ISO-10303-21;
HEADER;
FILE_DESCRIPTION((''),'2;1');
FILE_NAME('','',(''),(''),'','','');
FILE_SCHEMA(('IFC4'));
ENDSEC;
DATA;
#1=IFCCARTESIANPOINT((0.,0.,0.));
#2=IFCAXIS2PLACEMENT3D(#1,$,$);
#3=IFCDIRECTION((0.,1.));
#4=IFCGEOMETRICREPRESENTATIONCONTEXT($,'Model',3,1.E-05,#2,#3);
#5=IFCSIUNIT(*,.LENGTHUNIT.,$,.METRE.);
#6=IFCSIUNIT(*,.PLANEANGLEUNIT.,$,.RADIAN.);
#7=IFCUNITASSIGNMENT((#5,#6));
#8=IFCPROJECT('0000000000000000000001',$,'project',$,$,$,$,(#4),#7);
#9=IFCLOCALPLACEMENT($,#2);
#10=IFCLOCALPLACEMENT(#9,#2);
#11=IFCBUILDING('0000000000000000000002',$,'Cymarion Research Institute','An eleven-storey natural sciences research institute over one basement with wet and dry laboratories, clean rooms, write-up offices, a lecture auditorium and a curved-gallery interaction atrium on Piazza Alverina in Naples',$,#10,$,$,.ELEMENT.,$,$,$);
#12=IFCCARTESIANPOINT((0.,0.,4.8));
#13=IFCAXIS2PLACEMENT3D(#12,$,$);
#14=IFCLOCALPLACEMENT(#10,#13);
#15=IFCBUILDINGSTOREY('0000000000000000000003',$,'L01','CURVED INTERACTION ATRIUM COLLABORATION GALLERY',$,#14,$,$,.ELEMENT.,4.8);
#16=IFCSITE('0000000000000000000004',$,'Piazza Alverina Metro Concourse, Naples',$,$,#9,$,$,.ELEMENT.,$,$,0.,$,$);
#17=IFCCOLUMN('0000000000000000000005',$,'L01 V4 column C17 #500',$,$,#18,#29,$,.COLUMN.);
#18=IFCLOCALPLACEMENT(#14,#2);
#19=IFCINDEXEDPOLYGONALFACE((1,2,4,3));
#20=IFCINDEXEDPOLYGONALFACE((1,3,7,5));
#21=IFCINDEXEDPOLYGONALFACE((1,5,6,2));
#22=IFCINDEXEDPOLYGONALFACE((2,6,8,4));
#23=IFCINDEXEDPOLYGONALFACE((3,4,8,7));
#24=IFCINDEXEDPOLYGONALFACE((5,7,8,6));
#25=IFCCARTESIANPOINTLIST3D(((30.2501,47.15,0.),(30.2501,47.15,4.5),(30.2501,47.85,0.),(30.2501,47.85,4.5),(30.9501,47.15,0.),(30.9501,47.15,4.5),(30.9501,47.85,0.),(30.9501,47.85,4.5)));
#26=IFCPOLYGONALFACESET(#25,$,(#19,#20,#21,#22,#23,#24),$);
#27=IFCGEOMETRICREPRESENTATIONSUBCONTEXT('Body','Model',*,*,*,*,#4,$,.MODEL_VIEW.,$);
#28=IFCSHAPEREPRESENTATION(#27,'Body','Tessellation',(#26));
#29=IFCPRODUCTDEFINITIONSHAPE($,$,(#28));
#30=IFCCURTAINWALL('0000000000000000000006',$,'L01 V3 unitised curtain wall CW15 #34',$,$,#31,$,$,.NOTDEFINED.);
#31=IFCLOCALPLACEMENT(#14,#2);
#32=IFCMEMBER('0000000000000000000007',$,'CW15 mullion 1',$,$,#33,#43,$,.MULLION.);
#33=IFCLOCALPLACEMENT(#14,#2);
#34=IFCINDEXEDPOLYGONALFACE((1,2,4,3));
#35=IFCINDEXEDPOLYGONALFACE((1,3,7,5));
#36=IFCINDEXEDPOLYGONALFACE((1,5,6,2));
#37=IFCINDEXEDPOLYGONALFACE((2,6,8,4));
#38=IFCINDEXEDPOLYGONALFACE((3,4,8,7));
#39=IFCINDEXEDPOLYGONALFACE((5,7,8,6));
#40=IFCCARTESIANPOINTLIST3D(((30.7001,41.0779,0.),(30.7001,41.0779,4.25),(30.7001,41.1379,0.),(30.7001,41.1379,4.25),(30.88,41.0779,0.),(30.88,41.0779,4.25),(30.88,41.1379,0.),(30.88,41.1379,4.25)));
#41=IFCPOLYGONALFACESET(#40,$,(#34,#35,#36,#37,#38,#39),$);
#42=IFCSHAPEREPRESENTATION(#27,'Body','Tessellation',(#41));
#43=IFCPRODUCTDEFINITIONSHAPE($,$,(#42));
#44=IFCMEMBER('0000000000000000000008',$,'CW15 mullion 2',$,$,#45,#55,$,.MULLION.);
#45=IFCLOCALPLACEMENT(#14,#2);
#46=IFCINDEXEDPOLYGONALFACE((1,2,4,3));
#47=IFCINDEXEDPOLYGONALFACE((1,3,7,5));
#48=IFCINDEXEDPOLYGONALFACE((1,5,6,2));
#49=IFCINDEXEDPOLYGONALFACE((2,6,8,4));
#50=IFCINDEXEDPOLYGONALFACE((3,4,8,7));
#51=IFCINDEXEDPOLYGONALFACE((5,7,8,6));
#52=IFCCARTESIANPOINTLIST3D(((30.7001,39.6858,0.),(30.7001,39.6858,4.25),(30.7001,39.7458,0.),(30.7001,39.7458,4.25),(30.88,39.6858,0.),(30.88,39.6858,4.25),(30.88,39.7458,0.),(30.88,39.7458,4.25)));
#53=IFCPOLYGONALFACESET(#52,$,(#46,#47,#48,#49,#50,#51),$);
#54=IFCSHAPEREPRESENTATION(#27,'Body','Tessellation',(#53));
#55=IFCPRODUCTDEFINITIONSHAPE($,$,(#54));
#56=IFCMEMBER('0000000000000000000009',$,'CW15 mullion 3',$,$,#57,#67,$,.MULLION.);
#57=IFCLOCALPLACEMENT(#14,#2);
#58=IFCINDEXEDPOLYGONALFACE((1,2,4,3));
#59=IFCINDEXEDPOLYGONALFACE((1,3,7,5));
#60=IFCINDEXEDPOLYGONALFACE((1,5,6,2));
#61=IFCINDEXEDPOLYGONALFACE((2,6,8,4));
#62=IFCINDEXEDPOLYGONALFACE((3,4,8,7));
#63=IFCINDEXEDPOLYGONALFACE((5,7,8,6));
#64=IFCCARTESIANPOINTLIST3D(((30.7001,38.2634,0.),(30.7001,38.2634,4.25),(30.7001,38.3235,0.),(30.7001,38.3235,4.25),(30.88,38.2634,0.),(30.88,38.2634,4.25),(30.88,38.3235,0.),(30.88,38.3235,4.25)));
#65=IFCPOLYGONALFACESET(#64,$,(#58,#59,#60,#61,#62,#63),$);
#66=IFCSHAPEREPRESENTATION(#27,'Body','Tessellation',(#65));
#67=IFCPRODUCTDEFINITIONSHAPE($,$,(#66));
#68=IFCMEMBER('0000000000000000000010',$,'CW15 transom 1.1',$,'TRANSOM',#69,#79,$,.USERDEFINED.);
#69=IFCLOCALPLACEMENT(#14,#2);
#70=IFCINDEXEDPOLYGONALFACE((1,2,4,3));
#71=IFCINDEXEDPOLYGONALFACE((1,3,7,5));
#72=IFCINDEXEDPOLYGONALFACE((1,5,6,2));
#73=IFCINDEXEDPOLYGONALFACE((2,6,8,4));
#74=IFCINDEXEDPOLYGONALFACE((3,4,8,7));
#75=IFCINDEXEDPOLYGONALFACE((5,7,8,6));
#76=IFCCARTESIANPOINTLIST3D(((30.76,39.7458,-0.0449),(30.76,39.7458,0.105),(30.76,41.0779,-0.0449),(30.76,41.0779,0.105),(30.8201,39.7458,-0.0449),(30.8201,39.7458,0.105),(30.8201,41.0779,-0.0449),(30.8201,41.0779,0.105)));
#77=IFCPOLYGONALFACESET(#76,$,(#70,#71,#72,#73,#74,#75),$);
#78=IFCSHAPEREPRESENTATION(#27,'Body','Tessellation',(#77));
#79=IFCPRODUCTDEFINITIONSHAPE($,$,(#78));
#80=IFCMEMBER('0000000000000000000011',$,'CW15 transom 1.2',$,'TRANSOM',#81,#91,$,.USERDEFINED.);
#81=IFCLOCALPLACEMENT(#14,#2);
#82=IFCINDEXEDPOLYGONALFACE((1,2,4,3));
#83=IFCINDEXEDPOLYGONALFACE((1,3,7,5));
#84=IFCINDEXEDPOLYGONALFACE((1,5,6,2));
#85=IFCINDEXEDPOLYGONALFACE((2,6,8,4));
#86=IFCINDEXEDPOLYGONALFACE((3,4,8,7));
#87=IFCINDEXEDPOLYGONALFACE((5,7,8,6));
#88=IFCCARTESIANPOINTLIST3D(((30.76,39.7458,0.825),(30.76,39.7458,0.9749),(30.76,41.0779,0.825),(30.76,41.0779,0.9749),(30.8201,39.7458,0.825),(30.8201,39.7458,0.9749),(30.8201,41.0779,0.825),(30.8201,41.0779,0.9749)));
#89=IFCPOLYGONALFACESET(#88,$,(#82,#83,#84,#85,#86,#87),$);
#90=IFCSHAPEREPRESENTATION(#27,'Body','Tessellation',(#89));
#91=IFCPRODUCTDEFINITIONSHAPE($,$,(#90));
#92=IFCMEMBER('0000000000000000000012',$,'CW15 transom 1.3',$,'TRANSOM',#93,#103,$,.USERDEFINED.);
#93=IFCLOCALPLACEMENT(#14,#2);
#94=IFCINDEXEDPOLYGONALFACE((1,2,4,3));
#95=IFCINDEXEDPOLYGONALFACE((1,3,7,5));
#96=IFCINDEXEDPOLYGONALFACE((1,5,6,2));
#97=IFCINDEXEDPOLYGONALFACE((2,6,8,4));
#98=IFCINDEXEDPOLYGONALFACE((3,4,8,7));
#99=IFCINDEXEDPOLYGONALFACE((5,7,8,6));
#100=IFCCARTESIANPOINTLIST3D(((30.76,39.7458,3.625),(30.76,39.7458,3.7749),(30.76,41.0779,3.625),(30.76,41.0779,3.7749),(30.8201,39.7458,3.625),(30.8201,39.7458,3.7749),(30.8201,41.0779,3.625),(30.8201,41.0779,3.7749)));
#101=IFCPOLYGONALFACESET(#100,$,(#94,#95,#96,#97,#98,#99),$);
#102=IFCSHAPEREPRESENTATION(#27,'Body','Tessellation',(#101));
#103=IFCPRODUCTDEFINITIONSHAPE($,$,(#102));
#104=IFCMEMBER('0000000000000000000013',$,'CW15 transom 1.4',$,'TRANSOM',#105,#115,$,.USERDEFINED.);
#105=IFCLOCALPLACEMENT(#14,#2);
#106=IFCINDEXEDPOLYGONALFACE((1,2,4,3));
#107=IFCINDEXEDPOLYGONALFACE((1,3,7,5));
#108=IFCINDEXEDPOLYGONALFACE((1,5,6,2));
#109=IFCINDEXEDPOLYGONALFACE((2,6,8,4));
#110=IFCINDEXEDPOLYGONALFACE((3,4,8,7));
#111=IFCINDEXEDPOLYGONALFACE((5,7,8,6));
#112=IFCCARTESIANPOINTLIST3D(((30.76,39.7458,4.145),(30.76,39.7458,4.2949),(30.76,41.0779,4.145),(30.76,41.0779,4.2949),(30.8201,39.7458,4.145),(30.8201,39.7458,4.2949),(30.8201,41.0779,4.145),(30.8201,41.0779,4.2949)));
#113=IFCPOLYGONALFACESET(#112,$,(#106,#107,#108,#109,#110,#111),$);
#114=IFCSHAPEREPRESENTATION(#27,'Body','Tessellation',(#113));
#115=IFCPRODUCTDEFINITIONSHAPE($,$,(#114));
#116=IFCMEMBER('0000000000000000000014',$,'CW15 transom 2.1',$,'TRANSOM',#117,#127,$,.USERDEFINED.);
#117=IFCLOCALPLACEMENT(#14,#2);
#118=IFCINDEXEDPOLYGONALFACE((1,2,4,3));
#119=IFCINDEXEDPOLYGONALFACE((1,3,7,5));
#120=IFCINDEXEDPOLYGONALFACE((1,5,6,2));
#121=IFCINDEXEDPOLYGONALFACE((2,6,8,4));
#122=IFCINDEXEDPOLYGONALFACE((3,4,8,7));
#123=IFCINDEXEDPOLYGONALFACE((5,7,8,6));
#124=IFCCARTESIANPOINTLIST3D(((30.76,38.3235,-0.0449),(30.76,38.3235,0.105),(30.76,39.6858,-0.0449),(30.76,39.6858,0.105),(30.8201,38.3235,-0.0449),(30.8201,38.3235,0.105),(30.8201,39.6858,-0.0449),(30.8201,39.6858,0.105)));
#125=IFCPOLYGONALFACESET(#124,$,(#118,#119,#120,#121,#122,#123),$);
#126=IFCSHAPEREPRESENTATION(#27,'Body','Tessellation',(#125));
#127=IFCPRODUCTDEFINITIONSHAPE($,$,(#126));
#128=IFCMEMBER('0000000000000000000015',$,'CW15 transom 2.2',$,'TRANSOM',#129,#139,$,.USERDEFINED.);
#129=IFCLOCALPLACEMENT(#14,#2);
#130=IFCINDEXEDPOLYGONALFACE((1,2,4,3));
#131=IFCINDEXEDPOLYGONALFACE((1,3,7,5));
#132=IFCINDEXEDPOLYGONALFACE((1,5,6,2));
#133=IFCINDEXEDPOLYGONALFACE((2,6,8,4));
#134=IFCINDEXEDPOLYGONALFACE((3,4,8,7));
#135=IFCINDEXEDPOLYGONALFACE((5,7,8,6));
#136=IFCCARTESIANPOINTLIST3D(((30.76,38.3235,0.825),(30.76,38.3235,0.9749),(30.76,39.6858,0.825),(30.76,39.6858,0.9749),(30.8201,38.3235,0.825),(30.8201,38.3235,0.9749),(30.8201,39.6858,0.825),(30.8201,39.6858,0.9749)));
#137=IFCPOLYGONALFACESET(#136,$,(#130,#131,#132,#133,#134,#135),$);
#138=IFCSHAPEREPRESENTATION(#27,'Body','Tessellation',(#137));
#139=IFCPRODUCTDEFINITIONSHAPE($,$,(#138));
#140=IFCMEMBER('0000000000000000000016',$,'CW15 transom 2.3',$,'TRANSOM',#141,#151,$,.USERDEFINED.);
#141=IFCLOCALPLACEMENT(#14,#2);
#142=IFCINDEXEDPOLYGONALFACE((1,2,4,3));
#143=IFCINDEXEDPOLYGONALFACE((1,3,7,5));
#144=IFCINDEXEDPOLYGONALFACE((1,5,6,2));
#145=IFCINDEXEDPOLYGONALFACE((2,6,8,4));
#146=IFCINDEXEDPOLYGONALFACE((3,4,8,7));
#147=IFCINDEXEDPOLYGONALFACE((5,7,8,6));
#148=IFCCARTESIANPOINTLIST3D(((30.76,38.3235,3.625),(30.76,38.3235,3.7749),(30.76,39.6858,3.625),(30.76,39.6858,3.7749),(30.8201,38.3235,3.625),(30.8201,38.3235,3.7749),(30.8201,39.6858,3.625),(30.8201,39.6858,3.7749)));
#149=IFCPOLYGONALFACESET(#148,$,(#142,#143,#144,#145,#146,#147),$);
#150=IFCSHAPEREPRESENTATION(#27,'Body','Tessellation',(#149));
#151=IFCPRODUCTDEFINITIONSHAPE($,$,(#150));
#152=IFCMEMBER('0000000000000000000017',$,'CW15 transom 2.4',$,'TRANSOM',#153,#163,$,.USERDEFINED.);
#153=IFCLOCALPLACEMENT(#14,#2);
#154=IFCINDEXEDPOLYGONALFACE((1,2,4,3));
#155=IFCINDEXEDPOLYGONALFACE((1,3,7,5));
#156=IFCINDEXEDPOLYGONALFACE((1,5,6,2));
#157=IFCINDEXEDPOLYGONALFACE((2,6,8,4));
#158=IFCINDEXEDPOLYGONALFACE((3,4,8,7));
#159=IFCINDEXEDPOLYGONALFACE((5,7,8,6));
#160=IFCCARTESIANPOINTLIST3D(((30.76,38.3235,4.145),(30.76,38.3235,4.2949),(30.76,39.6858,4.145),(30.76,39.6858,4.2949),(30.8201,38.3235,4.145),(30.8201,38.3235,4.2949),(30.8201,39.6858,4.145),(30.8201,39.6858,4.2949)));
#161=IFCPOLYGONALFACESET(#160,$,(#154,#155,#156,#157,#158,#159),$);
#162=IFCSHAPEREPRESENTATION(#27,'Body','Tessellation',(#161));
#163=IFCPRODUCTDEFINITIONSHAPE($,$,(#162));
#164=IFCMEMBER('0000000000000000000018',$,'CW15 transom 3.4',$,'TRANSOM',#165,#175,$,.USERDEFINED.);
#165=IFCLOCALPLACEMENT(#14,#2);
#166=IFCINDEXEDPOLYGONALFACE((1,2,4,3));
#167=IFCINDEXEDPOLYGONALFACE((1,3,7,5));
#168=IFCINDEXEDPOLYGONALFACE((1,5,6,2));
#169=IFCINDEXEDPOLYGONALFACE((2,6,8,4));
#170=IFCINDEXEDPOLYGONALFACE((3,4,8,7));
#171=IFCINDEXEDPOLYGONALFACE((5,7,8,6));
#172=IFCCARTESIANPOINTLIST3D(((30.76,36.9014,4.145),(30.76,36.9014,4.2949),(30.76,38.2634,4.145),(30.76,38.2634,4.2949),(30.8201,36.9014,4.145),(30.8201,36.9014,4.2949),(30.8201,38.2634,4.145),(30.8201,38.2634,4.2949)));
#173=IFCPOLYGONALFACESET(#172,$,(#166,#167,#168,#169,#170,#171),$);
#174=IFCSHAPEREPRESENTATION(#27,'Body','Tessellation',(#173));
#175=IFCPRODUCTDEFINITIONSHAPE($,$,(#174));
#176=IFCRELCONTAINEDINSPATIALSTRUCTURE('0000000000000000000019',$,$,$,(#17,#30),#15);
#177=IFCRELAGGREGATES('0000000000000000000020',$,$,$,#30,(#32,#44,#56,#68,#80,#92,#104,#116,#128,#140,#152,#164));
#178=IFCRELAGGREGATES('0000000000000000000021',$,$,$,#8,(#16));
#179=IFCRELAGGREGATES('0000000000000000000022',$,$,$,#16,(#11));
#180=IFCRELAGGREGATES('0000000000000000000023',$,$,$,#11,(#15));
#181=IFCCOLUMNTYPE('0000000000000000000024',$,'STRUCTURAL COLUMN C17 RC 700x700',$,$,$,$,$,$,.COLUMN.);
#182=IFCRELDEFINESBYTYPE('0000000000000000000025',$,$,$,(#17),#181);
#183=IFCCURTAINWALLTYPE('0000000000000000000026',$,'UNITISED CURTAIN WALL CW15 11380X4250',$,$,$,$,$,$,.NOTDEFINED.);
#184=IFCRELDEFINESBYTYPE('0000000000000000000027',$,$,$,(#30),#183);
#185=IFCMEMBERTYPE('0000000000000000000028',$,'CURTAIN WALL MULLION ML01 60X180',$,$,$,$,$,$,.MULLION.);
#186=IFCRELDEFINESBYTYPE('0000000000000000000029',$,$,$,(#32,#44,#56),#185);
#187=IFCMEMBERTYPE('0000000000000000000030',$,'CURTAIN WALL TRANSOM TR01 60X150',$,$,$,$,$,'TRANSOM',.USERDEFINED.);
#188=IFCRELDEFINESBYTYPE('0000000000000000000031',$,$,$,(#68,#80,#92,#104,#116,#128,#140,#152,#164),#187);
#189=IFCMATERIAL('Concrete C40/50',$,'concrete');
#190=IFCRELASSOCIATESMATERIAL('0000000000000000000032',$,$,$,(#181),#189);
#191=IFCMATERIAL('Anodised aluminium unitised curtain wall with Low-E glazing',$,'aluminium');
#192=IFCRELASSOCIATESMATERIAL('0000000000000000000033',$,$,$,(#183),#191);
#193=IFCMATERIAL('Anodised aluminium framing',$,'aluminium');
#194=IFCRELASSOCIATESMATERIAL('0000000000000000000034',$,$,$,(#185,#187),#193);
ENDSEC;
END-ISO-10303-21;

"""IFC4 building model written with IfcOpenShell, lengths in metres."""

from ifc_helpers import new_model, si_unit, direction, frame, origin, origin_2d, place, context, subcontext, project, spatial, rectangle, extrude, material, material_profile, profile_set, type_object, element, aggregate, save


model = new_model("IFC4")

# Units and contexts
model_context = context("Model", 3, precision=1e-05, world=origin(), true_north=direction((0.0, 1.0)))
body_context = subcontext(model_context, "Body", "Model", "MODEL_VIEW")
ifc_project = project(units=[si_unit("LENGTHUNIT", "METRE"), si_unit("PLANEANGLEUNIT", "RADIAN")], contexts=[model_context])

# Site, building, storey
site_placement = place(None, origin())
site = spatial("IfcSite", under=ifc_project, at=site_placement, Name="Piazza Alverina Metro Concourse, Naples", CompositionType="ELEMENT", RefElevation=0.0)
building_placement = place(site_placement, origin())
building = spatial("IfcBuilding", under=site, at=building_placement, Name="Cymarion Research Institute", Description="An eleven-storey natural sciences research institute over one basement with wet and dry laboratories, clean rooms, write-up offices, a lecture auditorium and a curved-gallery interaction atrium on Piazza Alverina in Naples", CompositionType="ELEMENT")
storey_placement = place(building_placement, frame((0.0, 0.0, 4.8)))
storey = spatial("IfcBuildingStorey", under=building, at=storey_placement, Name="L01", Description="CURVED INTERACTION ATRIUM COLLABORATION GALLERY", CompositionType="ELEMENT", Elevation=4.8)

# Column
ifc_material_1 = material(Name="Concrete C40/50", Category="concrete")
ifc_material_profile_1 = material_profile(ifc_material_1, rectangle(XDim=0.7, YDim=0.7, at=origin_2d()), Name="RC 700x700")
ifc_profile_set_1 = profile_set([ifc_material_profile_1], Name="Concrete C40/50")
column_type = type_object("IfcColumnType", Name="STRUCTURAL COLUMN C17 RC 700x700", PredefinedType="COLUMN", material=ifc_profile_set_1)
column_placement = place(storey_placement, frame((30.6001, 47.5, 0.0), z_axis=(0.0, 0.0, 1.0), x_axis=(1.0, 0.0, 0.0)))
element("IfcColumn", 1, at=column_placement, inside=storey, type_object=column_type, Name="L01 V4 column C17 #500", PredefinedType="COLUMN", context=body_context, shape_type="SweptSolid", body=[
    extrude(rectangle(XDim=0.7, YDim=0.7, at=origin_2d()), origin(), (0.0, 0.0, 1.0), 4.5),
])

# Curtain wall, members
ifc_material_2 = material(Name="Anodised aluminium unitised curtain wall with Low-E glazing", Category="aluminium")
curtain_wall_type = type_object("IfcCurtainWallType", Name="UNITISED CURTAIN WALL CW15 11380X4250", PredefinedType="NOTDEFINED", material=ifc_material_2)
curtain_wall_placement = place(storey_placement, origin())
curtain_wall = element("IfcCurtainWall", 2, at=curtain_wall_placement, inside=storey, type_object=curtain_wall_type, Name="L01 V3 unitised curtain wall CW15 #34", PredefinedType="NOTDEFINED")
ifc_material_3 = material(Name="Anodised aluminium framing", Category="aluminium")
ifc_material_profile_2 = material_profile(ifc_material_3, rectangle(XDim=0.0601, YDim=0.1799, at=origin_2d()), Name="ALU MULLION 60x180")
ifc_profile_set_2 = profile_set([ifc_material_profile_2], Name="Anodised aluminium framing")
member_type_1 = type_object("IfcMemberType", Name="CURTAIN WALL MULLION ML01 60X180", PredefinedType="MULLION", material=ifc_profile_set_2)
member_1_placement = place(storey_placement, frame((30.79, 41.1079, 0.0), z_axis=(0.0, 0.0, 1.0), x_axis=(0.0, -1.0, 0.0)))
member_1 = element("IfcMember", 3, at=member_1_placement, type_object=member_type_1, Name="CW15 mullion 1", PredefinedType="MULLION", context=body_context, shape_type="SweptSolid", body=[
    extrude(rectangle(XDim=0.0601, YDim=0.1799, at=origin_2d()), origin(), (0.0, 0.0, 1.0), 4.25),
])
member_2_placement = place(storey_placement, frame((30.79, 39.7158, 0.0), z_axis=(0.0, 0.0, 1.0), x_axis=(0.0, -1.0, 0.0)))
member_2 = element("IfcMember", 4, at=member_2_placement, type_object=member_type_1, Name="CW15 mullion 2", PredefinedType="MULLION", context=body_context, shape_type="SweptSolid", body=[
    extrude(rectangle(XDim=0.0601, YDim=0.1799, at=origin_2d()), origin(), (0.0, 0.0, 1.0), 4.25),
])
member_3_placement = place(storey_placement, frame((30.79, 38.2935, 0.0), z_axis=(0.0, 0.0, 1.0), x_axis=(0.0, -1.0, 0.0)))
member_3 = element("IfcMember", 5, at=member_3_placement, type_object=member_type_1, Name="CW15 mullion 3", PredefinedType="MULLION", context=body_context, shape_type="SweptSolid", body=[
    extrude(rectangle(XDim=0.0601, YDim=0.1799, at=origin_2d()), origin(), (0.0, 0.0, 1.0), 4.25),
])
ifc_material_profile_3 = material_profile(ifc_material_3, rectangle(XDim=0.0601, YDim=0.1499, at=origin_2d()), Name="ALU TRANSOM 60x150")
ifc_profile_set_3 = profile_set([ifc_material_profile_3], Name="Anodised aluminium framing")
member_type_2 = type_object("IfcMemberType", Name="CURTAIN WALL TRANSOM TR01 60X150", ElementType="TRANSOM", PredefinedType="USERDEFINED", material=ifc_profile_set_3)
member_4_placement = place(storey_placement, frame((30.79, 41.0779, 0.03), z_axis=(0.0, -1.0, 0.0), x_axis=(1.0, 0.0, 0.0)))
member_4 = element("IfcMember", 6, at=member_4_placement, type_object=member_type_2, Name="CW15 transom 1.1", ObjectType="TRANSOM", PredefinedType="USERDEFINED", context=body_context, shape_type="SweptSolid", body=[
    extrude(rectangle(XDim=0.0601, YDim=0.1499, at=origin_2d()), origin(), (0.0, 0.0, 1.0), 1.332),
])
member_5_placement = place(storey_placement, frame((30.79, 41.0779, 0.8999), z_axis=(0.0, -1.0, 0.0), x_axis=(1.0, 0.0, 0.0)))
member_5 = element("IfcMember", 7, at=member_5_placement, type_object=member_type_2, Name="CW15 transom 1.2", ObjectType="TRANSOM", PredefinedType="USERDEFINED", context=body_context, shape_type="SweptSolid", body=[
    extrude(rectangle(XDim=0.0601, YDim=0.1499, at=origin_2d()), origin(), (0.0, 0.0, 1.0), 1.332),
])
member_6_placement = place(storey_placement, frame((30.79, 41.0779, 3.7), z_axis=(0.0, -1.0, 0.0), x_axis=(1.0, 0.0, 0.0)))
member_6 = element("IfcMember", 8, at=member_6_placement, type_object=member_type_2, Name="CW15 transom 1.3", ObjectType="TRANSOM", PredefinedType="USERDEFINED", context=body_context, shape_type="SweptSolid", body=[
    extrude(rectangle(XDim=0.0601, YDim=0.1499, at=origin_2d()), origin(), (0.0, 0.0, 1.0), 1.332),
])
member_7_placement = place(storey_placement, frame((30.79, 41.0779, 4.22), z_axis=(0.0, -1.0, 0.0), x_axis=(1.0, 0.0, 0.0)))
member_7 = element("IfcMember", 9, at=member_7_placement, type_object=member_type_2, Name="CW15 transom 1.4", ObjectType="TRANSOM", PredefinedType="USERDEFINED", context=body_context, shape_type="SweptSolid", body=[
    extrude(rectangle(XDim=0.0601, YDim=0.1499, at=origin_2d()), origin(), (0.0, 0.0, 1.0), 1.332),
])
member_8_placement = place(storey_placement, frame((30.79, 39.6858, 0.03), z_axis=(0.0, -1.0, 0.0), x_axis=(1.0, 0.0, 0.0)))
member_8 = element("IfcMember", 10, at=member_8_placement, type_object=member_type_2, Name="CW15 transom 2.1", ObjectType="TRANSOM", PredefinedType="USERDEFINED", context=body_context, shape_type="SweptSolid", body=[
    extrude(rectangle(XDim=0.0601, YDim=0.1499, at=origin_2d()), origin(), (0.0, 0.0, 1.0), 1.3623),
])
member_9_placement = place(storey_placement, frame((30.79, 39.6858, 0.8999), z_axis=(0.0, -1.0, 0.0), x_axis=(1.0, 0.0, 0.0)))
member_9 = element("IfcMember", 11, at=member_9_placement, type_object=member_type_2, Name="CW15 transom 2.2", ObjectType="TRANSOM", PredefinedType="USERDEFINED", context=body_context, shape_type="SweptSolid", body=[
    extrude(rectangle(XDim=0.0601, YDim=0.1499, at=origin_2d()), origin(), (0.0, 0.0, 1.0), 1.3623),
])
member_10_placement = place(storey_placement, frame((30.79, 39.6858, 3.7), z_axis=(0.0, -1.0, 0.0), x_axis=(1.0, 0.0, 0.0)))
member_10 = element("IfcMember", 12, at=member_10_placement, type_object=member_type_2, Name="CW15 transom 2.3", ObjectType="TRANSOM", PredefinedType="USERDEFINED", context=body_context, shape_type="SweptSolid", body=[
    extrude(rectangle(XDim=0.0601, YDim=0.1499, at=origin_2d()), origin(), (0.0, 0.0, 1.0), 1.3623),
])
member_11_placement = place(storey_placement, frame((30.79, 39.6858, 4.22), z_axis=(0.0, -1.0, 0.0), x_axis=(1.0, 0.0, 0.0)))
member_11 = element("IfcMember", 13, at=member_11_placement, type_object=member_type_2, Name="CW15 transom 2.4", ObjectType="TRANSOM", PredefinedType="USERDEFINED", context=body_context, shape_type="SweptSolid", body=[
    extrude(rectangle(XDim=0.0601, YDim=0.1499, at=origin_2d()), origin(), (0.0, 0.0, 1.0), 1.3623),
])
member_12_placement = place(storey_placement, frame((30.79, 38.2634, 4.22), z_axis=(0.0, -1.0, 0.0), x_axis=(1.0, 0.0, 0.0)))
member_12 = element("IfcMember", 14, at=member_12_placement, type_object=member_type_2, Name="CW15 transom 3.4", ObjectType="TRANSOM", PredefinedType="USERDEFINED", context=body_context, shape_type="SweptSolid", body=[
    extrude(rectangle(XDim=0.0601, YDim=0.1499, at=origin_2d()), origin(), (0.0, 0.0, 1.0), 1.3621),
])

aggregate(curtain_wall, [member_1, member_2, member_3, member_4, member_5, member_6, member_7, member_8, member_9, member_10, member_11, member_12])

save(model, "model.ifc")
